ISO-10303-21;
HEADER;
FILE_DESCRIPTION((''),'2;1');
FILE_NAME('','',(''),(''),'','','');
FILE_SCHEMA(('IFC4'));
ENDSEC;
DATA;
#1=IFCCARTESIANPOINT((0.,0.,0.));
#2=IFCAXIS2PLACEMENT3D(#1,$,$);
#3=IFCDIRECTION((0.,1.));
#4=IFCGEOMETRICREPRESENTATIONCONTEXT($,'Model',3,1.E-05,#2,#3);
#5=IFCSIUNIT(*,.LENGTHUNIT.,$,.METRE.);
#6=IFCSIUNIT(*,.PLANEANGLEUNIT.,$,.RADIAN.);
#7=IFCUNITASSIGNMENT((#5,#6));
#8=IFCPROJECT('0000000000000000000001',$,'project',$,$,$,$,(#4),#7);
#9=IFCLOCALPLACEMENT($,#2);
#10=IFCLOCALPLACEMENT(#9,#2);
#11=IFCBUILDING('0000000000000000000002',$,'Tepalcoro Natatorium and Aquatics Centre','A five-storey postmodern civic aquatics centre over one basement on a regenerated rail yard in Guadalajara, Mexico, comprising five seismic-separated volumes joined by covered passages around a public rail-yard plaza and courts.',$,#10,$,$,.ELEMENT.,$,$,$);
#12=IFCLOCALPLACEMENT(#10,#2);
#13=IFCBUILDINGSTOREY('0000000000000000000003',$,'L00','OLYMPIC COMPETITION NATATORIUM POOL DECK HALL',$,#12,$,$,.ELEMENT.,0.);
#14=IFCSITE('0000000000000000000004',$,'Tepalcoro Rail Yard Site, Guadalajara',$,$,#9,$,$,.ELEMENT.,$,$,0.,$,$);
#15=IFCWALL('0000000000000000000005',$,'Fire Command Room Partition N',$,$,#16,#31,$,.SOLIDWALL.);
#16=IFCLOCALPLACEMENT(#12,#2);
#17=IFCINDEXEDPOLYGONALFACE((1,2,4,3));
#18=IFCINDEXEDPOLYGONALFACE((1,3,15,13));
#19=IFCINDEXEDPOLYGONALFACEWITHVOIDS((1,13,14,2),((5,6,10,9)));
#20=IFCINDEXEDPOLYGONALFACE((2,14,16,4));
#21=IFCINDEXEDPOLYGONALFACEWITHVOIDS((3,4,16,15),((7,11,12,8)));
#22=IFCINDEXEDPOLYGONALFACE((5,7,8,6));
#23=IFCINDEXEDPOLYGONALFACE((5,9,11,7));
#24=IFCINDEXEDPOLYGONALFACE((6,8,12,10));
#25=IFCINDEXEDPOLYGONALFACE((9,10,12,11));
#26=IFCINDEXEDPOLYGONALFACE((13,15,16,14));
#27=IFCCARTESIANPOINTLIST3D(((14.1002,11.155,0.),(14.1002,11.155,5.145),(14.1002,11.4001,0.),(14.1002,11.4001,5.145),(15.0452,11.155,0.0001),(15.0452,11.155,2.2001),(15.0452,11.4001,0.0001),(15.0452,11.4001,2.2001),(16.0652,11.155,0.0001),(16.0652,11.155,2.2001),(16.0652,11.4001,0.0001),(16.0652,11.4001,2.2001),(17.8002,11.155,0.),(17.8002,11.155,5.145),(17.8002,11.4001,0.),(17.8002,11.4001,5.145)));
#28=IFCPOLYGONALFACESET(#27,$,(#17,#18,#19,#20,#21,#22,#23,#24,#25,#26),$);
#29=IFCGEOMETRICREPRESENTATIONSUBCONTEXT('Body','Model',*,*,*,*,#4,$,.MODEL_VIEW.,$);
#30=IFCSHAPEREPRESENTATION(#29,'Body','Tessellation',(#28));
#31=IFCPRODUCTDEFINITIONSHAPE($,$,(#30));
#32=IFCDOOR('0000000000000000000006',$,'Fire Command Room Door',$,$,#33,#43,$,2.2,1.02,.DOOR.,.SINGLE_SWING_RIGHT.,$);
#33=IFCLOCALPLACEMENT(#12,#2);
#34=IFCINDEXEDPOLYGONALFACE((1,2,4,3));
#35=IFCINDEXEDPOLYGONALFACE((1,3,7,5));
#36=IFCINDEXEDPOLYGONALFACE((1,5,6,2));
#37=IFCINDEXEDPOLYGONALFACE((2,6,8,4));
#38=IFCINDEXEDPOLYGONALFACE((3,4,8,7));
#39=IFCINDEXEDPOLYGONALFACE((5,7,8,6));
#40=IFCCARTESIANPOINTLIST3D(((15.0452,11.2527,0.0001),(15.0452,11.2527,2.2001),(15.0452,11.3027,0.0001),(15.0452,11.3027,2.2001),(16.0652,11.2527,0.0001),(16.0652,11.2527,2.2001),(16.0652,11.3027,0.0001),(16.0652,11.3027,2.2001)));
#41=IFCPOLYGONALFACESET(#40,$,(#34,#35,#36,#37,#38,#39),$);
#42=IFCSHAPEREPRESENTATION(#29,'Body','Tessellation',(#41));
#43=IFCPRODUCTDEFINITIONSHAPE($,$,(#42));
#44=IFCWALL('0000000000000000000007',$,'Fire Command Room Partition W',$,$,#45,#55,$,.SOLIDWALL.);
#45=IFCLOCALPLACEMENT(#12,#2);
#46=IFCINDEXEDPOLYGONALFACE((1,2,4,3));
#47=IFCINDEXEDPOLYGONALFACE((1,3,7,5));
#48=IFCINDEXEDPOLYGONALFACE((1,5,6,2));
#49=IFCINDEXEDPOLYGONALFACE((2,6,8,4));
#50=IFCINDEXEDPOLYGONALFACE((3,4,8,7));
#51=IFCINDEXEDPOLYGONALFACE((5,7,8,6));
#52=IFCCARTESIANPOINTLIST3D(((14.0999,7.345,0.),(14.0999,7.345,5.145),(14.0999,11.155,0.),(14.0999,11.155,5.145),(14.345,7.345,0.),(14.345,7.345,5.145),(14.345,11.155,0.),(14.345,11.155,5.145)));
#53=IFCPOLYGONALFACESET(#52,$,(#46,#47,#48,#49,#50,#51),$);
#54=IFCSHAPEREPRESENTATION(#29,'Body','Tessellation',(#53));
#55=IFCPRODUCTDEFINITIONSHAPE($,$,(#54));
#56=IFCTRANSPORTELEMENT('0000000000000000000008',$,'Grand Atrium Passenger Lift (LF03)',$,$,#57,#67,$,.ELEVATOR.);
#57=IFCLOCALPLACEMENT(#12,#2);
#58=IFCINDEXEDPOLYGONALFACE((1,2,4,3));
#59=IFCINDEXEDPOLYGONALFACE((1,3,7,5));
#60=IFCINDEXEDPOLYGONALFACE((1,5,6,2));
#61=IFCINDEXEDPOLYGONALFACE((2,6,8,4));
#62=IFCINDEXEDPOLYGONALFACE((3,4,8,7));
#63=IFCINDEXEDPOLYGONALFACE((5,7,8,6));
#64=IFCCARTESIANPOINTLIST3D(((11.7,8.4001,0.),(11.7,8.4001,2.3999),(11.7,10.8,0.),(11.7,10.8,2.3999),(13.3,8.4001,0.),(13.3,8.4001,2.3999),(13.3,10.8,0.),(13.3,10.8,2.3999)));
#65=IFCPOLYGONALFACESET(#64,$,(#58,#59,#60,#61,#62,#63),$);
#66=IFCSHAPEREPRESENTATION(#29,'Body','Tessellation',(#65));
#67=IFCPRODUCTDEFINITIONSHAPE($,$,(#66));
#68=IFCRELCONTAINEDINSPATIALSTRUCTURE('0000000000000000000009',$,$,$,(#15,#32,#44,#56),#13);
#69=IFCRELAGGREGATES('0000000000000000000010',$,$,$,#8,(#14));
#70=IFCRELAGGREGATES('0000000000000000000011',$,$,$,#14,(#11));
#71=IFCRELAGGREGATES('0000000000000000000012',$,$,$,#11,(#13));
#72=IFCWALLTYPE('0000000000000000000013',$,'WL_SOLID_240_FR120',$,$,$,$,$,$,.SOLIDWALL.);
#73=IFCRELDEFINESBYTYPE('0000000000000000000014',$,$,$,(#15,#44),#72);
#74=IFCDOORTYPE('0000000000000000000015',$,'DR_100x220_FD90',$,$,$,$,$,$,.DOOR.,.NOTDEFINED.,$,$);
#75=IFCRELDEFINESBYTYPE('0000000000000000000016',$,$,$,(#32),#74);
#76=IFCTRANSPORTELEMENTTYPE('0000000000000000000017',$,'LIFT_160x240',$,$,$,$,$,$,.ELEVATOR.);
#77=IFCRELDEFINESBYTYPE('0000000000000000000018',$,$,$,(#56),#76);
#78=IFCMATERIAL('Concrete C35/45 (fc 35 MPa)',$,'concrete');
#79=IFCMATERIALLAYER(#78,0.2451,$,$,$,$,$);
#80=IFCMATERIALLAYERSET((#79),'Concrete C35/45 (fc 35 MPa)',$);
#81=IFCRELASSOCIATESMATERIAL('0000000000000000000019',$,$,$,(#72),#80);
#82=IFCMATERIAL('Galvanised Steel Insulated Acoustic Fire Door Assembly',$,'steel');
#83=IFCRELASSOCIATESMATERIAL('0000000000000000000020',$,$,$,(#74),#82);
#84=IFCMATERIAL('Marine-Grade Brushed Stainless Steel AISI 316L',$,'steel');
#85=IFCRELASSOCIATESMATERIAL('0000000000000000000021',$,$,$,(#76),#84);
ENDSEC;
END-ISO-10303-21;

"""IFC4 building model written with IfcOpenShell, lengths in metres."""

from ifc_helpers import new_model, si_unit, direction, frame, frame_2d, origin, origin_2d, place, context, subcontext, project, spatial, rectangle, extrude, material, layer, layer_set, type_object, element, fill, save


model = new_model("IFC4")

# Units and contexts
model_context = context("Model", 3, precision=1e-05, world=origin(), true_north=direction((0.0, 1.0)))
body_context = subcontext(model_context, "Body", "Model", "MODEL_VIEW")
ifc_project = project(units=[si_unit("LENGTHUNIT", "METRE"), si_unit("PLANEANGLEUNIT", "RADIAN")], contexts=[model_context])

# Site, building, storey
site_placement = place(None, origin())
site = spatial("IfcSite", under=ifc_project, at=site_placement, Name="Tepalcoro Rail Yard Site, Guadalajara", CompositionType="ELEMENT", RefElevation=0.0)
building_placement = place(site_placement, origin())
building = spatial("IfcBuilding", under=site, at=building_placement, Name="Tepalcoro Natatorium and Aquatics Centre", Description="A five-storey postmodern civic aquatics centre over one basement on a regenerated rail yard in Guadalajara, Mexico, comprising five seismic-separated volumes joined by covered passages around a public rail-yard plaza and courts.", CompositionType="ELEMENT")
storey_placement = place(building_placement, origin())
storey = spatial("IfcBuildingStorey", under=building, at=storey_placement, Name="L00", Description="OLYMPIC COMPETITION NATATORIUM POOL DECK HALL", CompositionType="ELEMENT", Elevation=0.0)

# Shared definitions
ifc_material_1 = material(Name="Marine-Grade Brushed Stainless Steel AISI 316L", Category="steel")

# Shared definitions
ifc_material_2 = material(Name="Concrete C35/45 (fc 35 MPa)", Category="concrete")
ifc_layer_1 = layer(ifc_material_2, 0.2451)
ifc_layer_set_1 = layer_set([ifc_layer_1], Name="Concrete C35/45 (fc 35 MPa)")
wall_type_1 = type_object("IfcWallType", Name="WL_SOLID_240_FR120", PredefinedType="SOLIDWALL", material=ifc_layer_set_1)

# Wall, opening, door
wall_1_placement = place(storey_placement, frame((14.1001, 11.2776, 0.0), z_axis=(0.0, 0.0, 1.0), x_axis=(1.0, 0.0, 0.0)))
wall_1 = element("IfcWall", 1, at=wall_1_placement, inside=storey, type_object=wall_type_1, Name="Fire Command Room Partition N", PredefinedType="SOLIDWALL", context=body_context, shape_type="SweptSolid", body=[
    extrude(rectangle(XDim=3.7, YDim=0.2451, at=frame_2d((1.8501, 0.0))), origin(), (0.0, 0.0, 1.0), 5.145),
])
opening_1_placement = place(wall_1_placement, frame((0.9451, 0.0, 0.0)))
opening_1 = element("IfcOpeningElement", 2, at=opening_1_placement, cuts=wall_1, PredefinedType="OPENING", context=body_context, shape_type="SweptSolid", body=[
    extrude(rectangle(XDim=1.02, YDim=2.2, at=frame_2d((0.51, 1.1001))), frame((0.0, 0.1345, 0.0), z_axis=(0.0, -1.0, 0.0), x_axis=(1.0, 0.0, 0.0)), (0.0, 0.0, 1.0), 0.269),
])
ifc_material_3 = material(Name="Galvanised Steel Insulated Acoustic Fire Door Assembly", Category="steel")
door_type_1 = type_object("IfcDoorType", Name="DR_100x220_FD90", OperationType="NOTDEFINED", PredefinedType="DOOR", material=ifc_material_3)
door_1_placement = place(opening_1_placement, frame((1.02, 0.0, 0.0), z_axis=(0.0, 0.0, 1.0), x_axis=(-1.0, 0.0, 0.0)))
door_1 = element("IfcDoor", 3, at=door_1_placement, inside=storey, type_object=door_type_1, Name="Fire Command Room Door", OperationType="SINGLE_SWING_RIGHT", OverallHeight=2.2, OverallWidth=1.02, PredefinedType="DOOR", context=body_context, shape_type="SweptSolid", body=[
    extrude(rectangle(XDim=1.02, YDim=2.2, at=frame_2d((0.51, 1.1001))), frame((0.0, 0.0249, 0.0), z_axis=(0.0, -1.0, 0.0), x_axis=(1.0, 0.0, 0.0)), (0.0, 0.0, 1.0), 0.05),
])
fill(opening_1, door_1)

# Wall
wall_2_placement = place(storey_placement, frame((14.2224, 7.345, 0.0), z_axis=(0.0, 0.0, 1.0), x_axis=(0.0, 1.0, 0.0)))
element("IfcWall", 4, at=wall_2_placement, inside=storey, type_object=wall_type_1, Name="Fire Command Room Partition W", PredefinedType="SOLIDWALL", context=body_context, shape_type="SweptSolid", body=[
    extrude(rectangle(XDim=3.8101, YDim=0.2451, at=frame_2d((1.905, 0.0))), origin(), (0.0, 0.0, 1.0), 5.145),
])

# Transport element
transport_element_type = type_object("IfcTransportElementType", Name="LIFT_160x240", PredefinedType="ELEVATOR", material=ifc_material_1)
transport_element_placement = place(storey_placement, frame((12.5, 9.6001, 0.0), z_axis=(0.0, 0.0, 1.0), x_axis=(1.0, 0.0, 0.0)))
element("IfcTransportElement", 5, at=transport_element_placement, inside=storey, type_object=transport_element_type, Name="Grand Atrium Passenger Lift (LF03)", PredefinedType="ELEVATOR", context=body_context, shape_type="SweptSolid", body=[
    extrude(rectangle(XDim=1.6001, YDim=2.3999, at=origin_2d()), origin(), (0.0, 0.0, 1.0), 2.3999),
])

save(model, "model.ifc")
